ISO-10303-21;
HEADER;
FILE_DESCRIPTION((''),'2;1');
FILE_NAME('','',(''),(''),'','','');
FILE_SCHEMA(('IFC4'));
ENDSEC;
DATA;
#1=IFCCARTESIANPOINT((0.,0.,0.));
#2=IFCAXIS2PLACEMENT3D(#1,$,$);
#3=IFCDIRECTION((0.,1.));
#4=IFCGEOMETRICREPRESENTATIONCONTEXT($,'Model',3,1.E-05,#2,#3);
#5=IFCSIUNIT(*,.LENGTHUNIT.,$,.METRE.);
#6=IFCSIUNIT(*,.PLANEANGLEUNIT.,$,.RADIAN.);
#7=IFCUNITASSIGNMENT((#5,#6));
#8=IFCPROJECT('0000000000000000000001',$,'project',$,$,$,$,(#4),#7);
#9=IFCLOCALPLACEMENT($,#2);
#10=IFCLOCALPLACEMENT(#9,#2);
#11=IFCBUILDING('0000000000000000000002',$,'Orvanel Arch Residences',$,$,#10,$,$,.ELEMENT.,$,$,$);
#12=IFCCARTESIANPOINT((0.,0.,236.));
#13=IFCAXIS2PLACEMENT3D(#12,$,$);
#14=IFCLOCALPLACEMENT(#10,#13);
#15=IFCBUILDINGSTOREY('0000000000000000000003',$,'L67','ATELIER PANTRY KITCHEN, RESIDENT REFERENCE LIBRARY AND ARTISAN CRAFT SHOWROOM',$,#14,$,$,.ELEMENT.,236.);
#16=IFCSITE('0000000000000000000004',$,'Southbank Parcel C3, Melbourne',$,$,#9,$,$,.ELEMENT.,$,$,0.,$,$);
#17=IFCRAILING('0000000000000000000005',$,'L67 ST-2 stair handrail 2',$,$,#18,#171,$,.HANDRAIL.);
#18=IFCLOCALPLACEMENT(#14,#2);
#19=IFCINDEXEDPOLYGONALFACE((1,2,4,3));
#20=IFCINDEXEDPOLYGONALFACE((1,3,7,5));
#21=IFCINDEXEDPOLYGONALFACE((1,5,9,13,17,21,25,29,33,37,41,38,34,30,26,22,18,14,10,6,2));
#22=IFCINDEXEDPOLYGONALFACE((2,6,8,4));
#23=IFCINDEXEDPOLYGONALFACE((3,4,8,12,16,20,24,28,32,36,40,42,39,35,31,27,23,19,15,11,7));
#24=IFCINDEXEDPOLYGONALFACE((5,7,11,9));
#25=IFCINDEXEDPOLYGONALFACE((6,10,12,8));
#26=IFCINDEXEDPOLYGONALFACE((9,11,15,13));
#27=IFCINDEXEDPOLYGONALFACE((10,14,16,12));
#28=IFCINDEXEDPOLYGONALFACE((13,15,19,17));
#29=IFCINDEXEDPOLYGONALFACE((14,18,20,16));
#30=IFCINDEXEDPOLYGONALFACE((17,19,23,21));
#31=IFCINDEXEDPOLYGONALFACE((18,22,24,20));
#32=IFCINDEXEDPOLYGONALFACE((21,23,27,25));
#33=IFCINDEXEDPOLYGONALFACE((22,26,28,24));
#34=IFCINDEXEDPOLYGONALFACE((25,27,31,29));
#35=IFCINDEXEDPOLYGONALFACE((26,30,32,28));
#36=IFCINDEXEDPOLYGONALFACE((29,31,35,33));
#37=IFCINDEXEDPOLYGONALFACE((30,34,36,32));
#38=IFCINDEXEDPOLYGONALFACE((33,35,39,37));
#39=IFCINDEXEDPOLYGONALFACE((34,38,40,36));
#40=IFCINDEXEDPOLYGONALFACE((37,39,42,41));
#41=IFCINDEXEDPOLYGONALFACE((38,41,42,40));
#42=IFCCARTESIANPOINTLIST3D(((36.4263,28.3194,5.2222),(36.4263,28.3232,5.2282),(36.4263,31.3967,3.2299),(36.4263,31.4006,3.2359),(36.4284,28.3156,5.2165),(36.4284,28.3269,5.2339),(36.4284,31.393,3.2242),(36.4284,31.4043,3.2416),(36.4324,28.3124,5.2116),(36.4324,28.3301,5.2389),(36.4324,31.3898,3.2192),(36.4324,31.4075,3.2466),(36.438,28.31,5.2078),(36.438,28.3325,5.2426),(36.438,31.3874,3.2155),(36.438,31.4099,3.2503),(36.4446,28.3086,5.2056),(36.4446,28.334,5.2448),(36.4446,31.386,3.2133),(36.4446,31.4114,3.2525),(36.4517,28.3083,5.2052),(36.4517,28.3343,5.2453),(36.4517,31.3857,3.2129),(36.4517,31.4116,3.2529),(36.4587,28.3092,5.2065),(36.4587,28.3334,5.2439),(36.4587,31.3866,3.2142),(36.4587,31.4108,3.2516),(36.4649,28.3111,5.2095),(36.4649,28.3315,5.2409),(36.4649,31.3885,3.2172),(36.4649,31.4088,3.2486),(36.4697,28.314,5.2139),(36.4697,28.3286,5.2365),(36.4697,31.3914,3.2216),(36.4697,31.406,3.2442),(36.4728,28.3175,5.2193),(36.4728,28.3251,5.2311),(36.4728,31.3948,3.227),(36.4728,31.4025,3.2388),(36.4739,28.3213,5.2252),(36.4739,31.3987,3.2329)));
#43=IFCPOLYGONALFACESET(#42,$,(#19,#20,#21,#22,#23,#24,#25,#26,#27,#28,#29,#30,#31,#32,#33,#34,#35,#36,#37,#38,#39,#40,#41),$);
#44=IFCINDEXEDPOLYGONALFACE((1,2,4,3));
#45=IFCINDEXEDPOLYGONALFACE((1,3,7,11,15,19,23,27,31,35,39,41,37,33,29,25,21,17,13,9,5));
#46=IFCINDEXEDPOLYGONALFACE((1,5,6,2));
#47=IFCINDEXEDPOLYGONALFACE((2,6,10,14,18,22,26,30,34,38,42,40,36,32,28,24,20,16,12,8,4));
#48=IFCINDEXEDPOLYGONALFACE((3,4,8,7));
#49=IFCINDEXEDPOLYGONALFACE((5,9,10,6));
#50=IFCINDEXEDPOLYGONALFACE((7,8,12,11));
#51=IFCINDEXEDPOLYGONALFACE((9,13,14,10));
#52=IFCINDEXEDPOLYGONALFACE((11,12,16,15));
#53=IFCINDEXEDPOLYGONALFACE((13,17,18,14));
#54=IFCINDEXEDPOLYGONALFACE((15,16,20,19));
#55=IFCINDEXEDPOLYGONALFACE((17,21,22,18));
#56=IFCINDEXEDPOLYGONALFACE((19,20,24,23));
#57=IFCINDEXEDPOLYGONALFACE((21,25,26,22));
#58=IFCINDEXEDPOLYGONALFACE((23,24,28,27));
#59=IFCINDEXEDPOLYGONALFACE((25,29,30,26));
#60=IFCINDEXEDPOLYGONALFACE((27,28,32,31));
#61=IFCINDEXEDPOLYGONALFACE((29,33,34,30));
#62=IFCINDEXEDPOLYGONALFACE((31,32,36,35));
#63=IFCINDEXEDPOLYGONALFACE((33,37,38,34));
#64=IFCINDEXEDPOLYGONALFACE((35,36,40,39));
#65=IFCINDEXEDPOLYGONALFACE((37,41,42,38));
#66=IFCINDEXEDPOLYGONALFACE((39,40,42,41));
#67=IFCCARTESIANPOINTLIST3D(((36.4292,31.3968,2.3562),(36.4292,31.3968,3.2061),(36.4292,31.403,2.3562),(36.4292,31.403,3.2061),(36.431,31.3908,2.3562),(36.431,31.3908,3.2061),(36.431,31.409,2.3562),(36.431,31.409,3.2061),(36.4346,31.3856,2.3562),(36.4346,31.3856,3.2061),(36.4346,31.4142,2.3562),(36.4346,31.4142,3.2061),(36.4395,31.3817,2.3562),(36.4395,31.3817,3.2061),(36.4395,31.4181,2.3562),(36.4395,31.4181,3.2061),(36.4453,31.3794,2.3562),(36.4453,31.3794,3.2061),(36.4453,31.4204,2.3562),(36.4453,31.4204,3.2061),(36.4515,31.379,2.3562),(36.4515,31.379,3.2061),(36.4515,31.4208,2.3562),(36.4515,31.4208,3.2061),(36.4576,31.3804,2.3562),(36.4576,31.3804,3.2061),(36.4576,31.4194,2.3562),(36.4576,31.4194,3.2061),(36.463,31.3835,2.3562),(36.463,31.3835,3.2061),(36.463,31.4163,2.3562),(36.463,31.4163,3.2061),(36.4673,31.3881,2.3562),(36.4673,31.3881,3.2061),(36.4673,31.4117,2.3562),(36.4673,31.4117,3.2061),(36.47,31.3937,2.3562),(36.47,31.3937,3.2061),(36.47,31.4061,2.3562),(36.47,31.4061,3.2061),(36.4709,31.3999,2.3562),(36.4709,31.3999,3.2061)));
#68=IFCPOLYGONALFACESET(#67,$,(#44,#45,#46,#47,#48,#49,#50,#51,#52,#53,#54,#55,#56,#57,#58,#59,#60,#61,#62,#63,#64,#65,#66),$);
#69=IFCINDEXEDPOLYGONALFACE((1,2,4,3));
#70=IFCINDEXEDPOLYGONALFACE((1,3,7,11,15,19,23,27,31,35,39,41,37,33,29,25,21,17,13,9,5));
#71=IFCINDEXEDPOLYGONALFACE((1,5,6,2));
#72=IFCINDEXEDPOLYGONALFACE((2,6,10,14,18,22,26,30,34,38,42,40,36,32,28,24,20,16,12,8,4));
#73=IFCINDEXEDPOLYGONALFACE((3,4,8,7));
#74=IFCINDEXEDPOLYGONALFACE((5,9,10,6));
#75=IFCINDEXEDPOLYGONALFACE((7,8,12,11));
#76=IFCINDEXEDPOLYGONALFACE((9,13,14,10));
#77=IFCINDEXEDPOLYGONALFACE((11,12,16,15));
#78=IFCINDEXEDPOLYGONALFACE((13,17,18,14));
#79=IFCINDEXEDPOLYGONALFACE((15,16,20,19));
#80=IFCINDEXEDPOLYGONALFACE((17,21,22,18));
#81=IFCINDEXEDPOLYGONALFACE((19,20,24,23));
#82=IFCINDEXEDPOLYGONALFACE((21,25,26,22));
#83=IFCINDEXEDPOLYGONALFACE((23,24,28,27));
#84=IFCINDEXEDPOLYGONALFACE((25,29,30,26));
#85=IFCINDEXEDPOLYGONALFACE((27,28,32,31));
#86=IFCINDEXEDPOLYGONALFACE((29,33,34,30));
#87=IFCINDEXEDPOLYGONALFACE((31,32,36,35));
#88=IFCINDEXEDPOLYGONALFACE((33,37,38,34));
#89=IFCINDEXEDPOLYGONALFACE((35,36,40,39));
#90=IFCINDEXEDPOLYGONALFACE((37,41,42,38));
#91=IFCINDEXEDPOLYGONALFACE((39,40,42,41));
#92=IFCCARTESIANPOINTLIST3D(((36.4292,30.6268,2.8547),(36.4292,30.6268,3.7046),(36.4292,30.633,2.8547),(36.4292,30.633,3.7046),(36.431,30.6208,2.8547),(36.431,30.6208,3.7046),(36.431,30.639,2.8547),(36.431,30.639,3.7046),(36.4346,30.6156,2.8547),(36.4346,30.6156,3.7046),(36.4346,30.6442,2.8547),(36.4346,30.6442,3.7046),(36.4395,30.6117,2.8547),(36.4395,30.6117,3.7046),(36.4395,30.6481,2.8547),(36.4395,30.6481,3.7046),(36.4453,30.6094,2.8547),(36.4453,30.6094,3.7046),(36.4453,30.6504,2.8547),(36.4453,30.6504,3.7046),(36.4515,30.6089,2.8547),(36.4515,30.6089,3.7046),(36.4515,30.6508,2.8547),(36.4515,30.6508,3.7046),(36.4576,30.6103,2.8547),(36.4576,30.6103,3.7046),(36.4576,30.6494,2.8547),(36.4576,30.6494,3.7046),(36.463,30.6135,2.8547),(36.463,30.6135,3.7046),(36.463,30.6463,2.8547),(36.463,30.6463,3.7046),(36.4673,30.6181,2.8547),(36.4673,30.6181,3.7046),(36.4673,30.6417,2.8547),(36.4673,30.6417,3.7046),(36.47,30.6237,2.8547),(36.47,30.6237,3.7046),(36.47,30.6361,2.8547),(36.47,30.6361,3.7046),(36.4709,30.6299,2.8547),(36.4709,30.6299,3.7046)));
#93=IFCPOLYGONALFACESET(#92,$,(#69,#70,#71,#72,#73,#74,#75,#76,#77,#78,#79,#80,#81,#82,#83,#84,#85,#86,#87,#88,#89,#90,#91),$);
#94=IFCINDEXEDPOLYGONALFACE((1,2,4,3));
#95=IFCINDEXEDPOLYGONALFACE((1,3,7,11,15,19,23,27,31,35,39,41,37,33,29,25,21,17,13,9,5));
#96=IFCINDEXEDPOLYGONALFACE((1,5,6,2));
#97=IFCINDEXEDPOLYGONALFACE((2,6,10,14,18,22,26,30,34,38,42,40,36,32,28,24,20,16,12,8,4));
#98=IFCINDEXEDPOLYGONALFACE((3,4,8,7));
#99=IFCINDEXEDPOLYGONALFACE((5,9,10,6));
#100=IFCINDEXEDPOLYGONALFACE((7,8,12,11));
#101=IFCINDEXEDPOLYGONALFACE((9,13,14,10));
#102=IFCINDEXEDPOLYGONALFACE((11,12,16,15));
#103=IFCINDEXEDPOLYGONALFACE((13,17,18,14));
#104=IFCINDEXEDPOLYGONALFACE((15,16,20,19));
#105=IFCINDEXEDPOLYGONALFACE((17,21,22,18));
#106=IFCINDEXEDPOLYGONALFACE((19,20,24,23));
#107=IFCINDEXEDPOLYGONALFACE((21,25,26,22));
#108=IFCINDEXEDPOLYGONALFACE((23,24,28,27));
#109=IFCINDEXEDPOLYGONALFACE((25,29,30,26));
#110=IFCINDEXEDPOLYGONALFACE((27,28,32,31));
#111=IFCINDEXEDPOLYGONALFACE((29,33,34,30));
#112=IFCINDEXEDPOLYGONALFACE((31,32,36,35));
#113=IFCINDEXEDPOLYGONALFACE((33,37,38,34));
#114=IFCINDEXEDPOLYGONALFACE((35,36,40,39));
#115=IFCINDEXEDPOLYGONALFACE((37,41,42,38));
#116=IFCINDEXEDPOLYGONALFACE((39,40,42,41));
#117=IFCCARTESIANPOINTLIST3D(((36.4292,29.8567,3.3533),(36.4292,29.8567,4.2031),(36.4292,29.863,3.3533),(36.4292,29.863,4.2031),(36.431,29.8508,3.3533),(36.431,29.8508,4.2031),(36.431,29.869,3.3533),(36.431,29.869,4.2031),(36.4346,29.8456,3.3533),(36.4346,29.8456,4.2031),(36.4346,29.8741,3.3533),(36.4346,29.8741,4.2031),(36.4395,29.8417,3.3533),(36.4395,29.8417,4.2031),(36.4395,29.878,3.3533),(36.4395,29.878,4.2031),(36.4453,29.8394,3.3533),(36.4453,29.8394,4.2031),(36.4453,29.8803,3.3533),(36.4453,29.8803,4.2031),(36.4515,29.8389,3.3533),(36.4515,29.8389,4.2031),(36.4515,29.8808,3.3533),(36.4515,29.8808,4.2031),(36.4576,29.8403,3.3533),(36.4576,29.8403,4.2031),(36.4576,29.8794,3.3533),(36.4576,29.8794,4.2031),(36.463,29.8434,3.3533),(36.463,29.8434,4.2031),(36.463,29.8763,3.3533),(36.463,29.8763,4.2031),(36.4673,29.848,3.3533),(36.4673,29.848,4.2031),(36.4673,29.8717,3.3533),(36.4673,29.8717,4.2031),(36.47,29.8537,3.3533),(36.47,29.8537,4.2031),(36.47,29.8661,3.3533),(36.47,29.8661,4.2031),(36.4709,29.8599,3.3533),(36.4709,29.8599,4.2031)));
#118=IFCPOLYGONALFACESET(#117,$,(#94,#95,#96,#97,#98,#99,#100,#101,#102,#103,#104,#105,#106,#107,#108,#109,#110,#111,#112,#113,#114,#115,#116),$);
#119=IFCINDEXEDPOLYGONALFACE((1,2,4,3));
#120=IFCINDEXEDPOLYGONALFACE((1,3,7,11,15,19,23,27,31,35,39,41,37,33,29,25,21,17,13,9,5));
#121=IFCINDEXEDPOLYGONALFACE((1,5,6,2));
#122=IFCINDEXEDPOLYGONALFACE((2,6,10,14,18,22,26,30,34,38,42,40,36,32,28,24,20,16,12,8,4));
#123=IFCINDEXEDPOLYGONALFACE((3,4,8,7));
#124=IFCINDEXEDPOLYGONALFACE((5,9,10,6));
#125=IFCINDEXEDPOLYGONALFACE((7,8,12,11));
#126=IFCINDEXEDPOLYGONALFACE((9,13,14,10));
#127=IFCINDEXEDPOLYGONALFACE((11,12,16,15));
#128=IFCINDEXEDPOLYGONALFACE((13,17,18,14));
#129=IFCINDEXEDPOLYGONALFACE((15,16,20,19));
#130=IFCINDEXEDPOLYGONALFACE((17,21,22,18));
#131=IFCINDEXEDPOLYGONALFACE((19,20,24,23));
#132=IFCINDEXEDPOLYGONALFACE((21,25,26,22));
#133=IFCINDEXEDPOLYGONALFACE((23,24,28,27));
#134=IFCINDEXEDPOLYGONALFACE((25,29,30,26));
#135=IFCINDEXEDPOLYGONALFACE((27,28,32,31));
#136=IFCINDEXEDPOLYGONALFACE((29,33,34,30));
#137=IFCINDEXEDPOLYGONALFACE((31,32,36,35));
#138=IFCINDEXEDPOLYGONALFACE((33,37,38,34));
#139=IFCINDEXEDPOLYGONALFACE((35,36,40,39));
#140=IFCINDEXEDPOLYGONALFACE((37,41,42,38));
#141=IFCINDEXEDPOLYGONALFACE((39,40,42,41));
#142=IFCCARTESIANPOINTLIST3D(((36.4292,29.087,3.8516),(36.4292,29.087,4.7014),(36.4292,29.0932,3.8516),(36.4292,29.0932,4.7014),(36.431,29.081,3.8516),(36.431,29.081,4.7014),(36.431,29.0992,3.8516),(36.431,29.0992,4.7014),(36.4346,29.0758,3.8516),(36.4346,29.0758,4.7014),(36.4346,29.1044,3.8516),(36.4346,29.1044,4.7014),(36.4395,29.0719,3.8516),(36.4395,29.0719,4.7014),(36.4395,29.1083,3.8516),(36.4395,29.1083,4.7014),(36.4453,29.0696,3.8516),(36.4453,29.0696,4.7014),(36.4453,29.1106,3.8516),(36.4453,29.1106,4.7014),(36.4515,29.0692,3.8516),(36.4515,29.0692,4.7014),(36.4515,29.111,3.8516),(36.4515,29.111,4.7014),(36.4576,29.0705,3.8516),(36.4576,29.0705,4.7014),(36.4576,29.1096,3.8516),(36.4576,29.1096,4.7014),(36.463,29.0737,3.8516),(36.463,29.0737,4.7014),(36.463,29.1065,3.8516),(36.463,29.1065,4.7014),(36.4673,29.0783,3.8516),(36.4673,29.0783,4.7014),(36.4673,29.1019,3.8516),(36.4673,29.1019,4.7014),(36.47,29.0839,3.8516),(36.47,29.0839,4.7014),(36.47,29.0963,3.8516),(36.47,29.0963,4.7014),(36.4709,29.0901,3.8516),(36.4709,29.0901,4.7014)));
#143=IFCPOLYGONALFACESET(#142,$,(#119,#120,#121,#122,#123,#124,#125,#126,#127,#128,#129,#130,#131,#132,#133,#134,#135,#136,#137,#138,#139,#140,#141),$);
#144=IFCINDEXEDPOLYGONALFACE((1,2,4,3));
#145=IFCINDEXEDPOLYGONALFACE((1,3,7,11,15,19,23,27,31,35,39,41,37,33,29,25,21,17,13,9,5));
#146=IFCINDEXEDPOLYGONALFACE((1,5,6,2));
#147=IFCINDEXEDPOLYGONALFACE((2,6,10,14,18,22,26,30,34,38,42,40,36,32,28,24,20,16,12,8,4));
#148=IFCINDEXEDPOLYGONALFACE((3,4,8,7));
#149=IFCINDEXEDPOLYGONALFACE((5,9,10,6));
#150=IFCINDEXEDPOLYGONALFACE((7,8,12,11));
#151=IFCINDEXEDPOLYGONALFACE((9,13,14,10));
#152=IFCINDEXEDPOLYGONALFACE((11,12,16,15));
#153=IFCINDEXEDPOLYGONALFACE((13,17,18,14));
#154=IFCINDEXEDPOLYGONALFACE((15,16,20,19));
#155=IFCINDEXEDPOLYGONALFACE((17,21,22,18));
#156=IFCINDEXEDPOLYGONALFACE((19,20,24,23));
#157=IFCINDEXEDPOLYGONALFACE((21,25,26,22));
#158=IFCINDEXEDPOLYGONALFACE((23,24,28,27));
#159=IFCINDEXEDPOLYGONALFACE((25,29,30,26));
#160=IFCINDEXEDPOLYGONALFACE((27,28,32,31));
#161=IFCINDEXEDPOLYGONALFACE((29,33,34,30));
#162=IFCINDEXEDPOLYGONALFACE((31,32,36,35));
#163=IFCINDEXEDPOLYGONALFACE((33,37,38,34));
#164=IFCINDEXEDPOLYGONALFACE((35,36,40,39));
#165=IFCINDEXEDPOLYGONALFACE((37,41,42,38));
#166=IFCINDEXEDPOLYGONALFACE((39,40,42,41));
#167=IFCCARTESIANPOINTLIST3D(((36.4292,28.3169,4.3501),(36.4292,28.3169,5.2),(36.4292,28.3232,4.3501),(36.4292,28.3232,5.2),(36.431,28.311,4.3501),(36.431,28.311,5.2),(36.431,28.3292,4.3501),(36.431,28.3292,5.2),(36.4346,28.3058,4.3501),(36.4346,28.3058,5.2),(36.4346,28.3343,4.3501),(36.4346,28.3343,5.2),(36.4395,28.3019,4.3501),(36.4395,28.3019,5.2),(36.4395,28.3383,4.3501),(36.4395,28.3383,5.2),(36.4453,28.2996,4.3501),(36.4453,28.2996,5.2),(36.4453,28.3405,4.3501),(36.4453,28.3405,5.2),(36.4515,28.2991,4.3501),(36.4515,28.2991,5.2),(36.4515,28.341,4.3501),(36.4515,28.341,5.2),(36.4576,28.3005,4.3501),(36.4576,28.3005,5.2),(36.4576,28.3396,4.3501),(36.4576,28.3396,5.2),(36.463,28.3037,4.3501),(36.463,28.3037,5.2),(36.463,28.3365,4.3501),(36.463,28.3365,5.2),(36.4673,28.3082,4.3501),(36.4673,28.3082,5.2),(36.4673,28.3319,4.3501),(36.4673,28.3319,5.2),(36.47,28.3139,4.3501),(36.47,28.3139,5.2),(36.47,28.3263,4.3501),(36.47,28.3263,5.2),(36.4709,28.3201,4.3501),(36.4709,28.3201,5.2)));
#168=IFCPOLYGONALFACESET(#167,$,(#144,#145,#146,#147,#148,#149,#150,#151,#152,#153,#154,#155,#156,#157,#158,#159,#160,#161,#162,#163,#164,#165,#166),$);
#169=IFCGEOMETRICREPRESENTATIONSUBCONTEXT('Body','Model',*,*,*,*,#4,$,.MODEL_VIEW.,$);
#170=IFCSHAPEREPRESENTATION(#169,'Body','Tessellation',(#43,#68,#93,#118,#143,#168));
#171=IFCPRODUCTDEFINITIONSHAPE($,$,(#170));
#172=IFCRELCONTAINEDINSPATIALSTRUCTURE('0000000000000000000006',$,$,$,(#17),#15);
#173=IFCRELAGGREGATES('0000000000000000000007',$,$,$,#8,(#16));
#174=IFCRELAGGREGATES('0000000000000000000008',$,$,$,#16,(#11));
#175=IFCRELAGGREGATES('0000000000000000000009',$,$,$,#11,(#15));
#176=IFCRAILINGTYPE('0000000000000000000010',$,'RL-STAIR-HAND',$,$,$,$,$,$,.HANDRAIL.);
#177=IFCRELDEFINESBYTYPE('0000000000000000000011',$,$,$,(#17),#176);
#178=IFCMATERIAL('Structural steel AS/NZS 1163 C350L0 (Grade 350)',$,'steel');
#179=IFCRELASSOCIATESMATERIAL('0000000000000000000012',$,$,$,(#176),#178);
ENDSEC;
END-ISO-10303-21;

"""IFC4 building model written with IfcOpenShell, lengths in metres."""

from ifc_helpers import new_model, si_unit, direction, frame, origin, origin_2d, place, context, subcontext, project, spatial, circle, extrude, material, type_object, element, save


model = new_model("IFC4")

# Units and contexts
model_context = context("Model", 3, precision=1e-05, world=origin(), true_north=direction((0.0, 1.0)))
body_context = subcontext(model_context, "Body", "Model", "MODEL_VIEW")
ifc_project = project(units=[si_unit("LENGTHUNIT", "METRE"), si_unit("PLANEANGLEUNIT", "RADIAN")], contexts=[model_context])

# Site, building, storey
site_placement = place(None, origin())
site = spatial("IfcSite", under=ifc_project, at=site_placement, Name="Southbank Parcel C3, Melbourne", CompositionType="ELEMENT", RefElevation=0.0)
building_placement = place(site_placement, origin())
building = spatial("IfcBuilding", under=site, at=building_placement, Name="Orvanel Arch Residences", CompositionType="ELEMENT")
storey_placement = place(building_placement, frame((0.0, 0.0, 236.0)))
storey = spatial("IfcBuildingStorey", under=building, at=storey_placement, Name="L67", Description="ATELIER PANTRY KITCHEN, RESIDENT REFERENCE LIBRARY AND ARTISAN CRAFT SHOWROOM", CompositionType="ELEMENT", Elevation=236.0)

# Railing
ifc_material_1 = material(Name="Structural steel AS/NZS 1163 C350L0 (Grade 350)", Category="steel")
railing_type_1 = type_object("IfcRailingType", Name="RL-STAIR-HAND", PredefinedType="HANDRAIL", material=ifc_material_1)
railing_1_placement = place(storey_placement, frame((36.45, 31.3999, 2.3562)))
element("IfcRailing", 1, at=railing_1_placement, inside=storey, type_object=railing_type_1, Name="L67 ST-2 stair handrail 2", PredefinedType="HANDRAIL", context=body_context, shape_type="SweptSolid", body=[
    extrude(circle(Radius=0.0239, at=origin_2d()), frame((0.0, -0.0012, 0.8767), z_axis=(0.0, -0.839438, 0.543455), x_axis=(1.0, 0.0, 0.0)), (0.0, 0.0, 1.0), 3.666),
    extrude(circle(Radius=0.021, at=origin_2d()), origin(), (0.0, 0.0, 1.0), 0.8499),
    extrude(circle(Radius=0.021, at=origin_2d()), frame((0.0, -0.77, 0.4985)), (0.0, 0.0, 1.0), 0.8499),
    extrude(circle(Radius=0.021, at=origin_2d()), frame((0.0, -1.54, 0.9971)), (0.0, 0.0, 1.0), 0.8499),
    extrude(circle(Radius=0.021, at=origin_2d()), frame((0.0, -2.3098, 1.4954)), (0.0, 0.0, 1.0), 0.8499),
    extrude(circle(Radius=0.021, at=origin_2d()), frame((0.0, -3.0798, 1.9939)), (0.0, 0.0, 1.0), 0.8499),
])

save(model, "model.ifc")
